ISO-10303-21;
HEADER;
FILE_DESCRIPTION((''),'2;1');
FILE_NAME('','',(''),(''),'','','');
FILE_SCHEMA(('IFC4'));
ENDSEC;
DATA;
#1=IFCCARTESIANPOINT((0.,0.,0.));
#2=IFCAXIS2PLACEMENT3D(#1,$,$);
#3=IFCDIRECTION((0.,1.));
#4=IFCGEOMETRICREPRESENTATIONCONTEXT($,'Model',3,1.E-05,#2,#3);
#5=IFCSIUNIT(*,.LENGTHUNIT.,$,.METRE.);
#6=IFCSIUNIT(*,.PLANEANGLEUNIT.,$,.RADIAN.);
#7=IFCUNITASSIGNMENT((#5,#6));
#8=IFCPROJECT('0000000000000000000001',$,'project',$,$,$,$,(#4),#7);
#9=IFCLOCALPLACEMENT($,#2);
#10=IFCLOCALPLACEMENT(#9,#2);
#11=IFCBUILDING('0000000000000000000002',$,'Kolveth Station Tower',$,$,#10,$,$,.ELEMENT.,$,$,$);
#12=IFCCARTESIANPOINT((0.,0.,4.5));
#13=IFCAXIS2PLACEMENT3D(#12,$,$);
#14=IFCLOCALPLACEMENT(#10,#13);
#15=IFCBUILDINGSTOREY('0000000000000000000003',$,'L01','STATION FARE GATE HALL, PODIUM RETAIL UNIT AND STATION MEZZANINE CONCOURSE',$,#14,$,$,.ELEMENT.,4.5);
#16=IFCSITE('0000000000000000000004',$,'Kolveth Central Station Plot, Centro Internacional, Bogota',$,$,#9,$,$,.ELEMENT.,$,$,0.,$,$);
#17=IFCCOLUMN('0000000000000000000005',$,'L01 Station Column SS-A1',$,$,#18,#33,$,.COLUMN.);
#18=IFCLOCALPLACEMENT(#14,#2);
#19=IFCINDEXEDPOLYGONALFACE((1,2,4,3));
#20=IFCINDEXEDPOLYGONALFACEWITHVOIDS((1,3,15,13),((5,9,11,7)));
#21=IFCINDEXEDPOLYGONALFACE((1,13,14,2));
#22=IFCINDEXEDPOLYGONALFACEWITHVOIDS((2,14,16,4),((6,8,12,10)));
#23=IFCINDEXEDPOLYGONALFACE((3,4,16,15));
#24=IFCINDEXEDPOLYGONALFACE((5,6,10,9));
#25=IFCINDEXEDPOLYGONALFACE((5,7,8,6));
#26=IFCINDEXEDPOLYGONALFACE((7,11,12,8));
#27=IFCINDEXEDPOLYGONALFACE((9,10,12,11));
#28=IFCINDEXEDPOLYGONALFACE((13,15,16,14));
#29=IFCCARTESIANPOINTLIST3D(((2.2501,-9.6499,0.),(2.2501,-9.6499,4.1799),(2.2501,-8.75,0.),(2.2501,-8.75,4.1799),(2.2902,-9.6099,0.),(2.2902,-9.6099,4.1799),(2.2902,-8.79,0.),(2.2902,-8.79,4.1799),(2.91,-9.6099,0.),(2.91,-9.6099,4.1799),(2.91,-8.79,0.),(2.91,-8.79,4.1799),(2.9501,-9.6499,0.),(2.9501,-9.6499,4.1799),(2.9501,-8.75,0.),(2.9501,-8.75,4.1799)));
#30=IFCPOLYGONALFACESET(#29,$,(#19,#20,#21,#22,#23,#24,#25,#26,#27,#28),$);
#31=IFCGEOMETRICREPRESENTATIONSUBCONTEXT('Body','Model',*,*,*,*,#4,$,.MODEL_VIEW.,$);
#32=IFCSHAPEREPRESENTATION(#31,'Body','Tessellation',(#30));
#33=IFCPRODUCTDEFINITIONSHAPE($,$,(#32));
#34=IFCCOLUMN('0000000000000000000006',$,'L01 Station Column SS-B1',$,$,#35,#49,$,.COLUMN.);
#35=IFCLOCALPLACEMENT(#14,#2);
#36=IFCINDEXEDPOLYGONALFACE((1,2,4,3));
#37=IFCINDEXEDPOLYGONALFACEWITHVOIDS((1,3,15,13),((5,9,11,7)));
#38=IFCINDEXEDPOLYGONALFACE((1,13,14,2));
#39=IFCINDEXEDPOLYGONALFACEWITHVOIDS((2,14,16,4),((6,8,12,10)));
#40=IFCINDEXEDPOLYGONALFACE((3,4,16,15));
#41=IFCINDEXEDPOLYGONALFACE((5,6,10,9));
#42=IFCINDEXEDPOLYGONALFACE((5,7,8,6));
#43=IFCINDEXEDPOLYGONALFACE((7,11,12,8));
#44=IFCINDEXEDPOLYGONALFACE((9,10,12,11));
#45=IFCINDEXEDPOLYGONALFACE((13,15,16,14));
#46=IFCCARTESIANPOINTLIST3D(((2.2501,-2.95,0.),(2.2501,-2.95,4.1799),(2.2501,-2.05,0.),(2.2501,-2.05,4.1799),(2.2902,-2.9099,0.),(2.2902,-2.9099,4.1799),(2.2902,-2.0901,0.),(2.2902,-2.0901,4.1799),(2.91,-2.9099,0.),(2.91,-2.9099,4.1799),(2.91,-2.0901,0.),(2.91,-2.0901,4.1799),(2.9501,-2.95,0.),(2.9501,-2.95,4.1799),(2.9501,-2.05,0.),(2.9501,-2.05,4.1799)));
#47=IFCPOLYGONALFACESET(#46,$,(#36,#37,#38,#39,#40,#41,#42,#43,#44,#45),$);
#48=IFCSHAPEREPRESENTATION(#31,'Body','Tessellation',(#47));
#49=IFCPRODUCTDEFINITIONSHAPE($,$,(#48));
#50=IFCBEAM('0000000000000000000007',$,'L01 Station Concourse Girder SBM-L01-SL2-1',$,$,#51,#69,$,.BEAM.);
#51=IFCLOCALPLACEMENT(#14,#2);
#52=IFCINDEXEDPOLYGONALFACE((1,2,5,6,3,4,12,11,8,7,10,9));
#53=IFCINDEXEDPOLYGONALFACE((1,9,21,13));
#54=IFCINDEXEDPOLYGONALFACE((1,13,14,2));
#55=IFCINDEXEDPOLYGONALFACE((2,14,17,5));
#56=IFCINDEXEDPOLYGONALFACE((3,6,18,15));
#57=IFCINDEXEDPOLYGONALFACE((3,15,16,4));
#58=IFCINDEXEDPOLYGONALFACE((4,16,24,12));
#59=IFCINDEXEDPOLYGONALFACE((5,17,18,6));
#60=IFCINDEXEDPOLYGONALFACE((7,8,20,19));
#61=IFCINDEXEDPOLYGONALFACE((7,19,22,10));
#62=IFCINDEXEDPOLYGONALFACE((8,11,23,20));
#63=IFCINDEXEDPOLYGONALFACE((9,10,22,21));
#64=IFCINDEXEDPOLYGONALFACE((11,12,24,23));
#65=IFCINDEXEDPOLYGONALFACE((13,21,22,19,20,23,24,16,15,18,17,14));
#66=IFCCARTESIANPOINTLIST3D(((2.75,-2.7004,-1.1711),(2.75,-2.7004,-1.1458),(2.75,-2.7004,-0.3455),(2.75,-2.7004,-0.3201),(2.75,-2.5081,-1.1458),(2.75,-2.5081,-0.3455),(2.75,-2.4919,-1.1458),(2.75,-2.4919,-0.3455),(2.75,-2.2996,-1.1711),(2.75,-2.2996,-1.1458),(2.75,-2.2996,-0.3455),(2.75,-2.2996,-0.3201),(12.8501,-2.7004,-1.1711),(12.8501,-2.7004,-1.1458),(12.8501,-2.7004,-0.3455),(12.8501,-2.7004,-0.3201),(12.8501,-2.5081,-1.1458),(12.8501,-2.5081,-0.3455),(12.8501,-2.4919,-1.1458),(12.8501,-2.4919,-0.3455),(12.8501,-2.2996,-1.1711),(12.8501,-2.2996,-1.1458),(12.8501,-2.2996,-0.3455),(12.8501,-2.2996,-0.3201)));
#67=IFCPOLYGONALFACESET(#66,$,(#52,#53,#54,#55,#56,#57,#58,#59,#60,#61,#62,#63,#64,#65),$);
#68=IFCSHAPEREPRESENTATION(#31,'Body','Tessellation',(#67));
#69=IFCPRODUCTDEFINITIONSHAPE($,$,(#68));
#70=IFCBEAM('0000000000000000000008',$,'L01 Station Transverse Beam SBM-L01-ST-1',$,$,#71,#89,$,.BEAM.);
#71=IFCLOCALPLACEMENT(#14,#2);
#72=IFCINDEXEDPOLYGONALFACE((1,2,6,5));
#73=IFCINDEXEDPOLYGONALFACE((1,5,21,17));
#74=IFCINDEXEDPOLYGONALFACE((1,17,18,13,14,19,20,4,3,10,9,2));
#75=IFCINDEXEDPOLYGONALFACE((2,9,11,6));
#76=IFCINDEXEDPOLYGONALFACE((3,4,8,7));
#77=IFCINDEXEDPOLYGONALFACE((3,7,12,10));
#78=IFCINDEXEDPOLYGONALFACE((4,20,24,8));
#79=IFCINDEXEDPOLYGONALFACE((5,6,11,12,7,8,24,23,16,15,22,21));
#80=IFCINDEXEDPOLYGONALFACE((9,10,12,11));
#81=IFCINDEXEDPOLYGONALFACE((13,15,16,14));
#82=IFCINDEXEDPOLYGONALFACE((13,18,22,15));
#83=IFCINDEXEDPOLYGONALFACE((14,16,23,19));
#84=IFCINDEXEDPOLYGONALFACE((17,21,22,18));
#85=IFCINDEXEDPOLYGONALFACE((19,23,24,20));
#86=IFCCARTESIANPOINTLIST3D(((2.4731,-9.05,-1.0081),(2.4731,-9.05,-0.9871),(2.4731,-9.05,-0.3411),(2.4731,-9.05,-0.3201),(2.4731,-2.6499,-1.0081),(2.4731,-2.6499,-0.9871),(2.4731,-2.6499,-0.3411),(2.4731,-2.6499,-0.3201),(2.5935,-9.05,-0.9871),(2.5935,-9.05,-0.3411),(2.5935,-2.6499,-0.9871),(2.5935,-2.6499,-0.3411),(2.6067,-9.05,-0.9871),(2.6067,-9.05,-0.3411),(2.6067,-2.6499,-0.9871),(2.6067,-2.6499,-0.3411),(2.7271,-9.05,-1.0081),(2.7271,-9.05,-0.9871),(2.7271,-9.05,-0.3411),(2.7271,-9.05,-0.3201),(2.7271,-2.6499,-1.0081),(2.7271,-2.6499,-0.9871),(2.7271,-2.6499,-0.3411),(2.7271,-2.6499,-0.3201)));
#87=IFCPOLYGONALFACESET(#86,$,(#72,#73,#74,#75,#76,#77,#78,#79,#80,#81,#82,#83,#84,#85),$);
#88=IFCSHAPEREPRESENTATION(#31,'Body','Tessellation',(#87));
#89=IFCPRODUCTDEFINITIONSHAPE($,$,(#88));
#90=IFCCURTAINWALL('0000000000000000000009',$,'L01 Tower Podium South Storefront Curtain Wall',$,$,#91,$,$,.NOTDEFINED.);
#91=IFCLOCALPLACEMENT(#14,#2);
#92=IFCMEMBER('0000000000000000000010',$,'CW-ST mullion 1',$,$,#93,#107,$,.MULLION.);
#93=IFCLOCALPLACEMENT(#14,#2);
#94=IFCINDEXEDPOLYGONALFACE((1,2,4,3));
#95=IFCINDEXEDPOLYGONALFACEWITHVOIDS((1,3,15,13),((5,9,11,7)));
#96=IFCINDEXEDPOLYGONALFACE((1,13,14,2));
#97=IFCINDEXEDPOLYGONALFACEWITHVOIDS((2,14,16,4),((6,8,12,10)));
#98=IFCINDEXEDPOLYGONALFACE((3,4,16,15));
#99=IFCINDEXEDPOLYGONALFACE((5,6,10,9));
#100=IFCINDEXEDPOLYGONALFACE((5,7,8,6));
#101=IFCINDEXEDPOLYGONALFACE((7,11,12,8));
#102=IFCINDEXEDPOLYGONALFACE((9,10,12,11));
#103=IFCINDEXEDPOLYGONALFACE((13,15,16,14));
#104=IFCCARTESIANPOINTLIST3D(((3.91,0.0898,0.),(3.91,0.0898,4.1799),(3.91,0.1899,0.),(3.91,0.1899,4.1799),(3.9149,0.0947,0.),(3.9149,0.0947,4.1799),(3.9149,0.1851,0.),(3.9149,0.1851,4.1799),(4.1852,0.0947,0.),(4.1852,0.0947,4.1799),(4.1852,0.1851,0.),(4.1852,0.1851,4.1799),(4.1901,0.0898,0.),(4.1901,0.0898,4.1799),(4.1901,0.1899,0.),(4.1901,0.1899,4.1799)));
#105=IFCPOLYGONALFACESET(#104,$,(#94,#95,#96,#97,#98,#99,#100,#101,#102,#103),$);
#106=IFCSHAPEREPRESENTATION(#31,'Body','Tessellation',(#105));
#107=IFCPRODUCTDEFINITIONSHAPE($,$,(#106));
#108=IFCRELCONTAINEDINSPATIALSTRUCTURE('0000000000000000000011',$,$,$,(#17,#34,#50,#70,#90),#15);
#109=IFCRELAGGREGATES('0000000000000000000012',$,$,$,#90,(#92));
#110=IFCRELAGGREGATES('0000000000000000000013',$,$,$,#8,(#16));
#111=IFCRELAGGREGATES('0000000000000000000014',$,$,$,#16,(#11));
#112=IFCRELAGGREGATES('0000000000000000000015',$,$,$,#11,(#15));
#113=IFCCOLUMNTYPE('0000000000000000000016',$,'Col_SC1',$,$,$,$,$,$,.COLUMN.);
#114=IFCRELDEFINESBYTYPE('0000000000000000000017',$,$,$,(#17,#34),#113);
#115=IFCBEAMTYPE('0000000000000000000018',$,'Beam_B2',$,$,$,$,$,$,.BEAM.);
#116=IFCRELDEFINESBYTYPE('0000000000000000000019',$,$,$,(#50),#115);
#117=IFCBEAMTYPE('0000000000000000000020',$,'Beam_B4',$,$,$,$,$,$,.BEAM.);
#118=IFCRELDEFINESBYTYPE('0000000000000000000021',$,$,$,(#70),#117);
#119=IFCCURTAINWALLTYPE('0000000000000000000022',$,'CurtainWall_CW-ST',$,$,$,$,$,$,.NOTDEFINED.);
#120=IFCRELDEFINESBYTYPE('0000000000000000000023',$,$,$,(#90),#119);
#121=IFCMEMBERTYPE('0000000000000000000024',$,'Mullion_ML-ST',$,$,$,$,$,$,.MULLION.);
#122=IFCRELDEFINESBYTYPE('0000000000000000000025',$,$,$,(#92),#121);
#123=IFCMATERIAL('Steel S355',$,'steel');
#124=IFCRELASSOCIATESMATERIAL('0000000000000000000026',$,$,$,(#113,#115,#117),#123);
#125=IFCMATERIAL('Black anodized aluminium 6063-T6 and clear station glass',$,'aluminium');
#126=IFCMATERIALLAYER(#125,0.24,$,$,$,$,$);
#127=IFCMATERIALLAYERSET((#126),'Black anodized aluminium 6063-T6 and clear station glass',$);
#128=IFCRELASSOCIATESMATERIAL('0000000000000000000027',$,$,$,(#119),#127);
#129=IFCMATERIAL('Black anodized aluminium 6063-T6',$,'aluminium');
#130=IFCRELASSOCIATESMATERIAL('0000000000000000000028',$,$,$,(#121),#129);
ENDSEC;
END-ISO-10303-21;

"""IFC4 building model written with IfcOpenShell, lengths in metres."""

from ifc_helpers import new_model, si_unit, direction, frame, origin, origin_2d, place, context, subcontext, project, spatial, hollow_rectangle, i_section, extrude, source, transform, mapped, material, layer, layer_set, material_profile, profile_set, type_object, element, aggregate, save


model = new_model("IFC4")

# Units and contexts
model_context = context("Model", 3, precision=1e-05, world=origin(), true_north=direction((0.0, 1.0)))
body_context = subcontext(model_context, "Body", "Model", "MODEL_VIEW")
ifc_project = project(units=[si_unit("LENGTHUNIT", "METRE"), si_unit("PLANEANGLEUNIT", "RADIAN")], contexts=[model_context])

# Site, building, storey
site_placement = place(None, origin())
site = spatial("IfcSite", under=ifc_project, at=site_placement, Name="Kolveth Central Station Plot, Centro Internacional, Bogota", CompositionType="ELEMENT", RefElevation=0.0)
building_placement = place(site_placement, origin())
building = spatial("IfcBuilding", under=site, at=building_placement, Name="Kolveth Station Tower", CompositionType="ELEMENT")
storey_placement = place(building_placement, frame((0.0, 0.0, 4.5)))
storey = spatial("IfcBuildingStorey", under=building, at=storey_placement, Name="L01", Description="STATION FARE GATE HALL, PODIUM RETAIL UNIT AND STATION MEZZANINE CONCOURSE", CompositionType="ELEMENT", Elevation=4.5)

# Columns
ifc_material_1 = material(Name="Steel S355", Category="steel")
ifc_material_profile_1 = material_profile(ifc_material_1, hollow_rectangle(XDim=0.7, YDim=0.8999, WallThickness=0.04, at=origin_2d()), Name="BOX900x700x40")
ifc_profile_set_1 = profile_set([ifc_material_profile_1], Name="Steel S355")
column_type = type_object("IfcColumnType", Name="Col_SC1", PredefinedType="COLUMN", material=ifc_profile_set_1)
shared_shape_1 = source(origin(), body_context, "Body", "SweptSolid", [
    extrude(hollow_rectangle(XDim=0.7, YDim=0.8999, WallThickness=0.04, at=origin_2d()), origin(), (0.0, 0.0, 1.0), 4.1799),
])
for number, where, z_axis, x_axis, name in (
    (1, (2.6001, -9.2, 0.0), (0.0, 0.0, 1.0), (1.0, 0.0, 0.0), "L01 Station Column SS-A1"),
    (2, (2.6001, -2.5, 0.0), (0.0, 0.0, 1.0), (1.0, 0.0, 0.0), "L01 Station Column SS-B1"),
):
    element("IfcColumn", number, at=place(storey_placement, frame(where, z_axis=z_axis, x_axis=x_axis)), inside=storey, type_object=column_type, Name=name, PredefinedType="COLUMN", context=body_context, shape_type="MappedRepresentation", body=[
        mapped(shared_shape_1, transform((0.0, 0.0, 0.0), x_axis=(1.0, 0.0, 0.0), y_axis=(0.0, 1.0, 0.0), z_axis=(0.0, 0.0, 1.0), scale=1.0)),
    ])

# Beams
ifc_material_profile_2 = material_profile(ifc_material_1, i_section(OverallWidth=0.4009, OverallDepth=0.8511, WebThickness=0.0161, FlangeThickness=0.0254, at=origin_2d()), Name="W840x226")
ifc_profile_set_2 = profile_set([ifc_material_profile_2], Name="Steel S355")
beam_type_1 = type_object("IfcBeamType", Name="Beam_B2", PredefinedType="BEAM", material=ifc_profile_set_2)
shared_shape_2 = source(origin(), body_context, "Body", "SweptSolid", [
    extrude(i_section(OverallWidth=0.4009, OverallDepth=0.8511, WebThickness=0.0161, FlangeThickness=0.0254, at=origin_2d()), origin(), (0.0, 0.0, 1.0), 10.1001),
])
beam_1_placement = place(storey_placement, frame((2.75, -2.5, -0.7456), z_axis=(1.0, 0.0, 0.0), x_axis=(0.0, 1.0, 0.0)))
element("IfcBeam", 3, at=beam_1_placement, inside=storey, type_object=beam_type_1, Name="L01 Station Concourse Girder SBM-L01-SL2-1", PredefinedType="BEAM", context=body_context, shape_type="MappedRepresentation", body=[
    mapped(shared_shape_2, transform((0.0, 0.0, 0.0), x_axis=(1.0, 0.0, 0.0), y_axis=(0.0, 1.0, 0.0), z_axis=(0.0, 0.0, 1.0), scale=1.0)),
])
ifc_material_profile_3 = material_profile(ifc_material_1, i_section(OverallWidth=0.2539, OverallDepth=0.688, WebThickness=0.0132, FlangeThickness=0.021, at=origin_2d()), Name="W690x152")
ifc_profile_set_3 = profile_set([ifc_material_profile_3], Name="Steel S355")
beam_type_2 = type_object("IfcBeamType", Name="Beam_B4", PredefinedType="BEAM", material=ifc_profile_set_3)
shared_shape_3 = source(origin(), body_context, "Body", "SweptSolid", [
    extrude(i_section(OverallWidth=0.2539, OverallDepth=0.688, WebThickness=0.0132, FlangeThickness=0.021, at=origin_2d()), origin(), (0.0, 0.0, 1.0), 6.4001),
])
beam_2_placement = place(storey_placement, frame((2.6001, -9.05, -0.6641), z_axis=(0.0, 1.0, 0.0), x_axis=(-1.0, 0.0, 0.0)))
element("IfcBeam", 4, at=beam_2_placement, inside=storey, type_object=beam_type_2, Name="L01 Station Transverse Beam SBM-L01-ST-1", PredefinedType="BEAM", context=body_context, shape_type="MappedRepresentation", body=[
    mapped(shared_shape_3, transform((0.0, 0.0, 0.0), x_axis=(1.0, 0.0, 0.0), y_axis=(0.0, 1.0, 0.0), z_axis=(0.0, 0.0, 1.0), scale=1.0)),
])

# Curtain wall, member
ifc_material_2 = material(Name="Black anodized aluminium 6063-T6 and clear station glass", Category="aluminium")
ifc_layer_1 = layer(ifc_material_2, 0.24)
ifc_layer_set_1 = layer_set([ifc_layer_1], Name="Black anodized aluminium 6063-T6 and clear station glass")
curtain_wall_type = type_object("IfcCurtainWallType", Name="CurtainWall_CW-ST", PredefinedType="NOTDEFINED", material=ifc_layer_set_1)
curtain_wall_placement = place(storey_placement, origin())
curtain_wall = element("IfcCurtainWall", 5, at=curtain_wall_placement, inside=storey, type_object=curtain_wall_type, Name="L01 Tower Podium South Storefront Curtain Wall", PredefinedType="NOTDEFINED")
ifc_material_3 = material(Name="Black anodized aluminium 6063-T6", Category="aluminium")
ifc_material_profile_4 = material_profile(ifc_material_3, hollow_rectangle(XDim=0.1001, YDim=0.28, WallThickness=0.0049, at=origin_2d()), Name="ALU-100x280x5")
ifc_profile_set_4 = profile_set([ifc_material_profile_4], Name="Black anodized aluminium 6063-T6")
member_type = type_object("IfcMemberType", Name="Mullion_ML-ST", PredefinedType="MULLION", material=ifc_profile_set_4)
shared_shape_4 = source(origin(), body_context, "Body", "SweptSolid", [
    extrude(hollow_rectangle(XDim=0.1001, YDim=0.28, WallThickness=0.0049, at=origin_2d()), origin(), (0.0, 0.0, 1.0), 4.1799),
])
member_placement = place(storey_placement, frame((4.05, 0.1399, 0.0), z_axis=(0.0, 0.0, 1.0), x_axis=(0.0, 1.0, 0.0)))
member = element("IfcMember", 6, at=member_placement, type_object=member_type, Name="CW-ST mullion 1", PredefinedType="MULLION", context=body_context, shape_type="MappedRepresentation", body=[
    mapped(shared_shape_4, transform((0.0, 0.0, 0.0), x_axis=(1.0, 0.0, 0.0), y_axis=(0.0, 1.0, 0.0), z_axis=(0.0, 0.0, 1.0), scale=1.0)),
])
aggregate(curtain_wall, [member])

save(model, "model.ifc")
